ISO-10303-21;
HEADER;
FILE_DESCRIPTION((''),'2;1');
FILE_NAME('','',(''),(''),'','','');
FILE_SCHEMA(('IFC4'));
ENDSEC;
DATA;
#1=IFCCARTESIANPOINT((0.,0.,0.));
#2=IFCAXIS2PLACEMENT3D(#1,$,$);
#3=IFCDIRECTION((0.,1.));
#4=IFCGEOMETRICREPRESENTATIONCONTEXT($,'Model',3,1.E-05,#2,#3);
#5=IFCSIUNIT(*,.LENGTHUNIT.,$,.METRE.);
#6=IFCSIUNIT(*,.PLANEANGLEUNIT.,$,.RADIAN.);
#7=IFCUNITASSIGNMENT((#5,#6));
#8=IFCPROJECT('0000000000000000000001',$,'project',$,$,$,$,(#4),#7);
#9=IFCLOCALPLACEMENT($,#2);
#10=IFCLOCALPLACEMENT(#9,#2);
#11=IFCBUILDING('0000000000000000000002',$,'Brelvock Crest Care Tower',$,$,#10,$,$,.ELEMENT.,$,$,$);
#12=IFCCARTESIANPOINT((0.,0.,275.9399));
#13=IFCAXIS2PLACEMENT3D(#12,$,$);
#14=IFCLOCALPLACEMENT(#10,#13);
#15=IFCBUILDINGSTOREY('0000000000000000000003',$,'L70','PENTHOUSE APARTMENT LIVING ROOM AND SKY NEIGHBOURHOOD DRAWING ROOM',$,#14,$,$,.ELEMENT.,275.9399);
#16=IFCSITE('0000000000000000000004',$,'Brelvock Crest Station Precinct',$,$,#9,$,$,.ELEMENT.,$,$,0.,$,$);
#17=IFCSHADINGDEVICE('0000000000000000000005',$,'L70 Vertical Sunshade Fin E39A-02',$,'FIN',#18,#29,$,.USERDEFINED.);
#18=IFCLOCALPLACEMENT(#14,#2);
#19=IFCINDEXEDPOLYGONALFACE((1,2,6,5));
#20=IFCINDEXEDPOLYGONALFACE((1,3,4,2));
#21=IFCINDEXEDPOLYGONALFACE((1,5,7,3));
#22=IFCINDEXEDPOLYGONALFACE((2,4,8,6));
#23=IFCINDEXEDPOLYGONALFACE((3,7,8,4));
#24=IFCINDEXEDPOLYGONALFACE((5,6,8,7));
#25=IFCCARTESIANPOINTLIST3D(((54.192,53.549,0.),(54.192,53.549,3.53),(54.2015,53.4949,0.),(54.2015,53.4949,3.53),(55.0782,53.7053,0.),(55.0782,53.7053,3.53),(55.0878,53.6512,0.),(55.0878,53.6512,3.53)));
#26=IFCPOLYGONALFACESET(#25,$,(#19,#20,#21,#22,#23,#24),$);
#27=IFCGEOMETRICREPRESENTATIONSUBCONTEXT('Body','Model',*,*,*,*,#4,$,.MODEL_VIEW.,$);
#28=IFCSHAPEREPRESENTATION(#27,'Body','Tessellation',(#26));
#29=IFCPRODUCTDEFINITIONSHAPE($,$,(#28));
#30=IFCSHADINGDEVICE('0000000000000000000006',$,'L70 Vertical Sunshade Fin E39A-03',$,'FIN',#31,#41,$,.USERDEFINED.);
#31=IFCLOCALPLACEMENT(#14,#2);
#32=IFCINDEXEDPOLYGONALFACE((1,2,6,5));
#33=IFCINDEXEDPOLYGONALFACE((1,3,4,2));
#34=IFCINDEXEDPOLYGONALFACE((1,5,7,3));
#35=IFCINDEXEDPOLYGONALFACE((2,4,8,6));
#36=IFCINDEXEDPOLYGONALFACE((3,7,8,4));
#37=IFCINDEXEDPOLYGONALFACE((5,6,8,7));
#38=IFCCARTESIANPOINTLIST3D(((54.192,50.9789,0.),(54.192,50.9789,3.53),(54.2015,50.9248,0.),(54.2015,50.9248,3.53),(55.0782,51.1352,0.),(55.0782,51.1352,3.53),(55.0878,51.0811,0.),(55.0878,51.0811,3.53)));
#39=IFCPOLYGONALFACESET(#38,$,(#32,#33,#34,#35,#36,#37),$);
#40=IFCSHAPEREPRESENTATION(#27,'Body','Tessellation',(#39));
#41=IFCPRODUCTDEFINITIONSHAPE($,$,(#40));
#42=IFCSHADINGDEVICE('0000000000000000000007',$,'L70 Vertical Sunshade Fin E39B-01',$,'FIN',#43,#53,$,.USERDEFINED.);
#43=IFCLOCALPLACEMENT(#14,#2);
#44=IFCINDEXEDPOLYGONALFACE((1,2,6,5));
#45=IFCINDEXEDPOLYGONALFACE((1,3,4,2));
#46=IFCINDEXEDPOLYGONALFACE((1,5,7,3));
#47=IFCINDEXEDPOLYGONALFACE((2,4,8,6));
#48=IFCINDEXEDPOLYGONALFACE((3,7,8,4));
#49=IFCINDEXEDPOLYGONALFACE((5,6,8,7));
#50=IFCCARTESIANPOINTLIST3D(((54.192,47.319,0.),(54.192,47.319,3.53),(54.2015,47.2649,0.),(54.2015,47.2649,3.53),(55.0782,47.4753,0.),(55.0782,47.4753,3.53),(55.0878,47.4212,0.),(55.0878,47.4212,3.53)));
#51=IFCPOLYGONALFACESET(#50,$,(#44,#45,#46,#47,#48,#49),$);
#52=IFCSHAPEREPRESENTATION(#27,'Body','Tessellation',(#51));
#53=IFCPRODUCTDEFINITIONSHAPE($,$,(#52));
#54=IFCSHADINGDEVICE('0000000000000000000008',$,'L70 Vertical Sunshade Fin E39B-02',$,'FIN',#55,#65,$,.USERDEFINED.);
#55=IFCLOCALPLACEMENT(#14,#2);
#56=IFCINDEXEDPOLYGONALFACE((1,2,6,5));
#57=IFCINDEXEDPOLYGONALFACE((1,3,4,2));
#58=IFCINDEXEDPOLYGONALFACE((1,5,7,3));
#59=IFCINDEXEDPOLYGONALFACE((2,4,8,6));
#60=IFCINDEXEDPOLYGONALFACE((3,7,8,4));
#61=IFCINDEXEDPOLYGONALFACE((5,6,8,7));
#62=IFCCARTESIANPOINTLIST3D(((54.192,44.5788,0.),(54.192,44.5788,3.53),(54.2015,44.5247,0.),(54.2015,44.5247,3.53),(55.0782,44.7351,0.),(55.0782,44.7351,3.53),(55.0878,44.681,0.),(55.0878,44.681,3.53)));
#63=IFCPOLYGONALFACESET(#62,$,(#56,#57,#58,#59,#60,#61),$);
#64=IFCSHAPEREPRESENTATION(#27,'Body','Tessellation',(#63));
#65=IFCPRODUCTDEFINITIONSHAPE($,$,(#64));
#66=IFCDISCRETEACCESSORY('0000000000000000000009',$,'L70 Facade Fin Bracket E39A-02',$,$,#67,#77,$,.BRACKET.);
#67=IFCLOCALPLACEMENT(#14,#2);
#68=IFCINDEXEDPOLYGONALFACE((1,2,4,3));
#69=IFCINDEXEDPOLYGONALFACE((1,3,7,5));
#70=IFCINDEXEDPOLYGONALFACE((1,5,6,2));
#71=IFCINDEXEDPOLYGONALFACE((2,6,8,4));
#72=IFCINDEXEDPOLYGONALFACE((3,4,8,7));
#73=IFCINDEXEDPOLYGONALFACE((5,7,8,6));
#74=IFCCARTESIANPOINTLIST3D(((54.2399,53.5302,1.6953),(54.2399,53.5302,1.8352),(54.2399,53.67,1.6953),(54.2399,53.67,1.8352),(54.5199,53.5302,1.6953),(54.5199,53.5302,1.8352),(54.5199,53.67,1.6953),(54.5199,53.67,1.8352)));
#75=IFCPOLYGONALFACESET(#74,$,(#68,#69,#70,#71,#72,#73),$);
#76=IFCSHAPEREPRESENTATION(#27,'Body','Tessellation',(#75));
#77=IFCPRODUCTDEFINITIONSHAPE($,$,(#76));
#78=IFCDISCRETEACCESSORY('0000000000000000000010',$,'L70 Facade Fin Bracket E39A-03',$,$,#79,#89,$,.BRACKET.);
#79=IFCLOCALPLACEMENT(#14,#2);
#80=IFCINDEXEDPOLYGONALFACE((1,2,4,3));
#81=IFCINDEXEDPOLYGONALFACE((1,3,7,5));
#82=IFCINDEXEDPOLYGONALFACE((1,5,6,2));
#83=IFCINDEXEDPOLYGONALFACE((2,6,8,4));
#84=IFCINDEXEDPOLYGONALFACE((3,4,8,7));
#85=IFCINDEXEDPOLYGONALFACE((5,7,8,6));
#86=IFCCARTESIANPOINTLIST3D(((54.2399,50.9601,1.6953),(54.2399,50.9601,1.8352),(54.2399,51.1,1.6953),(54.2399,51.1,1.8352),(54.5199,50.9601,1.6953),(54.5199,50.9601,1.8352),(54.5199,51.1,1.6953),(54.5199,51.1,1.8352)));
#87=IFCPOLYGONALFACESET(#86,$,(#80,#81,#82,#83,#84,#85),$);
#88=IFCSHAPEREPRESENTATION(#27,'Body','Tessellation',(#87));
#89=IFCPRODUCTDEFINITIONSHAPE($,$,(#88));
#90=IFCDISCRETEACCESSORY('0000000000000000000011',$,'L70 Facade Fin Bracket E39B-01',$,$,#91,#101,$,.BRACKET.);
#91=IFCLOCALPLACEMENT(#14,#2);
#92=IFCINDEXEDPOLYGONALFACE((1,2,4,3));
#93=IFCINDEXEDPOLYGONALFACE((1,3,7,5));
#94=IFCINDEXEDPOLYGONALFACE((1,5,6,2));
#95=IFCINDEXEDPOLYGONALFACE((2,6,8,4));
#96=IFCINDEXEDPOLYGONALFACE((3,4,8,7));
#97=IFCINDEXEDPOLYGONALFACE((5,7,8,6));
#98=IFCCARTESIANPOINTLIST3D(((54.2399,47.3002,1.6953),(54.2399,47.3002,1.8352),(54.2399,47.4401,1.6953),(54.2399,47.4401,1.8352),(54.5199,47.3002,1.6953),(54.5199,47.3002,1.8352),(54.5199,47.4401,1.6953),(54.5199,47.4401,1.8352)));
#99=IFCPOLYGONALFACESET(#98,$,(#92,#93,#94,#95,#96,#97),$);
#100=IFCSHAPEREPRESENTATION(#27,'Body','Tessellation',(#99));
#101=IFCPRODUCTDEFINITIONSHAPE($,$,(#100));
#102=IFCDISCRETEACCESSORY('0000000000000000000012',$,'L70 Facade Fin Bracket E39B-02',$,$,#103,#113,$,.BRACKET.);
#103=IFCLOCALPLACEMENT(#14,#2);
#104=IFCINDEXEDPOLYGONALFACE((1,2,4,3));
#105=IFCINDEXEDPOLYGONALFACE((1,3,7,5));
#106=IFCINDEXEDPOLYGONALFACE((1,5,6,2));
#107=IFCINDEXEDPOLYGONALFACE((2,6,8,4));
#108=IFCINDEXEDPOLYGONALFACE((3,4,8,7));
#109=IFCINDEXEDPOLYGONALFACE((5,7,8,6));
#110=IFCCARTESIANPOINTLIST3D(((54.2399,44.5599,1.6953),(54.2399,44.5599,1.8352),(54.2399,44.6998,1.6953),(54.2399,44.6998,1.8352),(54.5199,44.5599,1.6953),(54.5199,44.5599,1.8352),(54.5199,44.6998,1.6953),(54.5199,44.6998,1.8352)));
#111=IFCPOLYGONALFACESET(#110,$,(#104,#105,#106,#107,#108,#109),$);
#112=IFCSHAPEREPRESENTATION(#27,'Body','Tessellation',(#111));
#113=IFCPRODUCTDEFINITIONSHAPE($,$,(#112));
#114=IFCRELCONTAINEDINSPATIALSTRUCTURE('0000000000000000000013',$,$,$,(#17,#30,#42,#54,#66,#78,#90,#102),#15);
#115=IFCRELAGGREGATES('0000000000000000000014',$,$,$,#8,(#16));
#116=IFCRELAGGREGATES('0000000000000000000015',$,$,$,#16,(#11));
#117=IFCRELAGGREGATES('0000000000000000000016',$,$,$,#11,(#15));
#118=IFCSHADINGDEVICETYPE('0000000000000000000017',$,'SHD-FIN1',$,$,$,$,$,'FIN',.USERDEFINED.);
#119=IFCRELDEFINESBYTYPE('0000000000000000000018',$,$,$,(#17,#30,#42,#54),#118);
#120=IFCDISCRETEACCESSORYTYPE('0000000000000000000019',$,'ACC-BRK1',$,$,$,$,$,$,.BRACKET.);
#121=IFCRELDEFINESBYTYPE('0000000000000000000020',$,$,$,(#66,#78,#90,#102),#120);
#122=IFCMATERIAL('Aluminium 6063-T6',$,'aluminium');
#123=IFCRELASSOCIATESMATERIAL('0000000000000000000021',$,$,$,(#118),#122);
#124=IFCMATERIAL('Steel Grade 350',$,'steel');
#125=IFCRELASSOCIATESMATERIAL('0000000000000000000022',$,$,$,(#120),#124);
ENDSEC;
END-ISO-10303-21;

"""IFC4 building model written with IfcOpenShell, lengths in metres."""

from ifc_helpers import new_model, si_unit, direction, frame, origin, origin_2d, place, context, subcontext, project, spatial, rectangle, extrude, source, transform, mapped, material, material_profile, profile_set, type_object, element, save


model = new_model("IFC4")

# Units and contexts
model_context = context("Model", 3, precision=1e-05, world=origin(), true_north=direction((0.0, 1.0)))
body_context = subcontext(model_context, "Body", "Model", "MODEL_VIEW")
ifc_project = project(units=[si_unit("LENGTHUNIT", "METRE"), si_unit("PLANEANGLEUNIT", "RADIAN")], contexts=[model_context])

# Site, building, storey
site_placement = place(None, origin())
site = spatial("IfcSite", under=ifc_project, at=site_placement, Name="Brelvock Crest Station Precinct", CompositionType="ELEMENT", RefElevation=0.0)
building_placement = place(site_placement, origin())
building = spatial("IfcBuilding", under=site, at=building_placement, Name="Brelvock Crest Care Tower", CompositionType="ELEMENT")
storey_placement = place(building_placement, frame((0.0, 0.0, 275.9399)))
storey = spatial("IfcBuildingStorey", under=building, at=storey_placement, Name="L70", Description="PENTHOUSE APARTMENT LIVING ROOM AND SKY NEIGHBOURHOOD DRAWING ROOM", CompositionType="ELEMENT", Elevation=275.9399)

# Shared definitions
ifc_material_1 = material(Name="Steel Grade 350", Category="steel")

# Shared definitions
ifc_material_2 = material(Name="Aluminium 6063-T6", Category="aluminium")

# Shading devices
ifc_material_profile_1 = material_profile(ifc_material_2, rectangle(XDim=0.0549, YDim=0.8999, at=origin_2d()), Name="FIN55x900")
ifc_profile_set_1 = profile_set([ifc_material_profile_1], Name="Aluminium 6063-T6")
shading_device_type = type_object("IfcShadingDeviceType", Name="SHD-FIN1", ElementType="FIN", PredefinedType="USERDEFINED", material=ifc_profile_set_1)
shared_shape_1 = source(origin(), body_context, "Body", "SweptSolid", [
    extrude(rectangle(XDim=0.0549, YDim=0.8999, at=origin_2d()), origin(), (0.0, 0.0, 1.0), 3.53),
])
for number, where, z_axis, x_axis, name in (
    (1, (54.6399, 53.6001, 0.0), (0.0, 0.0, 1.0), (0.173648, -0.984808, 0.0), "L70 Vertical Sunshade Fin E39A-02"),
    (2, (54.6399, 51.03, 0.0), (0.0, 0.0, 1.0), (0.173648, -0.984808, 0.0), "L70 Vertical Sunshade Fin E39A-03"),
    (3, (54.6399, 47.3701, 0.0), (0.0, 0.0, 1.0), (0.173648, -0.984808, 0.0), "L70 Vertical Sunshade Fin E39B-01"),
    (4, (54.6399, 44.6299, 0.0), (0.0, 0.0, 1.0), (0.173648, -0.984808, 0.0), "L70 Vertical Sunshade Fin E39B-02"),
):
    element("IfcShadingDevice", number, at=place(storey_placement, frame(where, z_axis=z_axis, x_axis=x_axis)), inside=storey, type_object=shading_device_type, Name=name, ObjectType="FIN", PredefinedType="USERDEFINED", context=body_context, shape_type="MappedRepresentation", body=[
        mapped(shared_shape_1, transform((0.0, 0.0, 0.0), x_axis=(1.0, 0.0, 0.0), y_axis=(0.0, 1.0, 0.0), z_axis=(0.0, 0.0, 1.0), scale=1.0)),
    ])

# Discrete accessories
discrete_accessory_type = type_object("IfcDiscreteAccessoryType", Name="ACC-BRK1", PredefinedType="BRACKET", material=ifc_material_1)
shared_shape_2 = source(origin(), body_context, "Body", "SweptSolid", [
    extrude(rectangle(XDim=0.28, YDim=0.1399, at=origin_2d()), origin(), (0.0, 0.0, 1.0), 0.1399),
])
for number, where, z_axis, x_axis, name in (
    (5, (54.3799, 53.6001, 1.6953), (0.0, 0.0, 1.0), (1.0, 0.0, 0.0), "L70 Facade Fin Bracket E39A-02"),
    (6, (54.3799, 51.03, 1.6953), (0.0, 0.0, 1.0), (1.0, 0.0, 0.0), "L70 Facade Fin Bracket E39A-03"),
    (7, (54.3799, 47.3701, 1.6953), (0.0, 0.0, 1.0), (1.0, 0.0, 0.0), "L70 Facade Fin Bracket E39B-01"),
    (8, (54.3799, 44.6299, 1.6953), (0.0, 0.0, 1.0), (1.0, 0.0, 0.0), "L70 Facade Fin Bracket E39B-02"),
):
    element("IfcDiscreteAccessory", number, at=place(storey_placement, frame(where, z_axis=z_axis, x_axis=x_axis)), inside=storey, type_object=discrete_accessory_type, Name=name, PredefinedType="BRACKET", context=body_context, shape_type="MappedRepresentation", body=[
        mapped(shared_shape_2, transform((0.0, 0.0, 0.0), x_axis=(1.0, 0.0, 0.0), y_axis=(0.0, 1.0, 0.0), z_axis=(0.0, 0.0, 1.0), scale=1.0)),
    ])

save(model, "model.ifc")
